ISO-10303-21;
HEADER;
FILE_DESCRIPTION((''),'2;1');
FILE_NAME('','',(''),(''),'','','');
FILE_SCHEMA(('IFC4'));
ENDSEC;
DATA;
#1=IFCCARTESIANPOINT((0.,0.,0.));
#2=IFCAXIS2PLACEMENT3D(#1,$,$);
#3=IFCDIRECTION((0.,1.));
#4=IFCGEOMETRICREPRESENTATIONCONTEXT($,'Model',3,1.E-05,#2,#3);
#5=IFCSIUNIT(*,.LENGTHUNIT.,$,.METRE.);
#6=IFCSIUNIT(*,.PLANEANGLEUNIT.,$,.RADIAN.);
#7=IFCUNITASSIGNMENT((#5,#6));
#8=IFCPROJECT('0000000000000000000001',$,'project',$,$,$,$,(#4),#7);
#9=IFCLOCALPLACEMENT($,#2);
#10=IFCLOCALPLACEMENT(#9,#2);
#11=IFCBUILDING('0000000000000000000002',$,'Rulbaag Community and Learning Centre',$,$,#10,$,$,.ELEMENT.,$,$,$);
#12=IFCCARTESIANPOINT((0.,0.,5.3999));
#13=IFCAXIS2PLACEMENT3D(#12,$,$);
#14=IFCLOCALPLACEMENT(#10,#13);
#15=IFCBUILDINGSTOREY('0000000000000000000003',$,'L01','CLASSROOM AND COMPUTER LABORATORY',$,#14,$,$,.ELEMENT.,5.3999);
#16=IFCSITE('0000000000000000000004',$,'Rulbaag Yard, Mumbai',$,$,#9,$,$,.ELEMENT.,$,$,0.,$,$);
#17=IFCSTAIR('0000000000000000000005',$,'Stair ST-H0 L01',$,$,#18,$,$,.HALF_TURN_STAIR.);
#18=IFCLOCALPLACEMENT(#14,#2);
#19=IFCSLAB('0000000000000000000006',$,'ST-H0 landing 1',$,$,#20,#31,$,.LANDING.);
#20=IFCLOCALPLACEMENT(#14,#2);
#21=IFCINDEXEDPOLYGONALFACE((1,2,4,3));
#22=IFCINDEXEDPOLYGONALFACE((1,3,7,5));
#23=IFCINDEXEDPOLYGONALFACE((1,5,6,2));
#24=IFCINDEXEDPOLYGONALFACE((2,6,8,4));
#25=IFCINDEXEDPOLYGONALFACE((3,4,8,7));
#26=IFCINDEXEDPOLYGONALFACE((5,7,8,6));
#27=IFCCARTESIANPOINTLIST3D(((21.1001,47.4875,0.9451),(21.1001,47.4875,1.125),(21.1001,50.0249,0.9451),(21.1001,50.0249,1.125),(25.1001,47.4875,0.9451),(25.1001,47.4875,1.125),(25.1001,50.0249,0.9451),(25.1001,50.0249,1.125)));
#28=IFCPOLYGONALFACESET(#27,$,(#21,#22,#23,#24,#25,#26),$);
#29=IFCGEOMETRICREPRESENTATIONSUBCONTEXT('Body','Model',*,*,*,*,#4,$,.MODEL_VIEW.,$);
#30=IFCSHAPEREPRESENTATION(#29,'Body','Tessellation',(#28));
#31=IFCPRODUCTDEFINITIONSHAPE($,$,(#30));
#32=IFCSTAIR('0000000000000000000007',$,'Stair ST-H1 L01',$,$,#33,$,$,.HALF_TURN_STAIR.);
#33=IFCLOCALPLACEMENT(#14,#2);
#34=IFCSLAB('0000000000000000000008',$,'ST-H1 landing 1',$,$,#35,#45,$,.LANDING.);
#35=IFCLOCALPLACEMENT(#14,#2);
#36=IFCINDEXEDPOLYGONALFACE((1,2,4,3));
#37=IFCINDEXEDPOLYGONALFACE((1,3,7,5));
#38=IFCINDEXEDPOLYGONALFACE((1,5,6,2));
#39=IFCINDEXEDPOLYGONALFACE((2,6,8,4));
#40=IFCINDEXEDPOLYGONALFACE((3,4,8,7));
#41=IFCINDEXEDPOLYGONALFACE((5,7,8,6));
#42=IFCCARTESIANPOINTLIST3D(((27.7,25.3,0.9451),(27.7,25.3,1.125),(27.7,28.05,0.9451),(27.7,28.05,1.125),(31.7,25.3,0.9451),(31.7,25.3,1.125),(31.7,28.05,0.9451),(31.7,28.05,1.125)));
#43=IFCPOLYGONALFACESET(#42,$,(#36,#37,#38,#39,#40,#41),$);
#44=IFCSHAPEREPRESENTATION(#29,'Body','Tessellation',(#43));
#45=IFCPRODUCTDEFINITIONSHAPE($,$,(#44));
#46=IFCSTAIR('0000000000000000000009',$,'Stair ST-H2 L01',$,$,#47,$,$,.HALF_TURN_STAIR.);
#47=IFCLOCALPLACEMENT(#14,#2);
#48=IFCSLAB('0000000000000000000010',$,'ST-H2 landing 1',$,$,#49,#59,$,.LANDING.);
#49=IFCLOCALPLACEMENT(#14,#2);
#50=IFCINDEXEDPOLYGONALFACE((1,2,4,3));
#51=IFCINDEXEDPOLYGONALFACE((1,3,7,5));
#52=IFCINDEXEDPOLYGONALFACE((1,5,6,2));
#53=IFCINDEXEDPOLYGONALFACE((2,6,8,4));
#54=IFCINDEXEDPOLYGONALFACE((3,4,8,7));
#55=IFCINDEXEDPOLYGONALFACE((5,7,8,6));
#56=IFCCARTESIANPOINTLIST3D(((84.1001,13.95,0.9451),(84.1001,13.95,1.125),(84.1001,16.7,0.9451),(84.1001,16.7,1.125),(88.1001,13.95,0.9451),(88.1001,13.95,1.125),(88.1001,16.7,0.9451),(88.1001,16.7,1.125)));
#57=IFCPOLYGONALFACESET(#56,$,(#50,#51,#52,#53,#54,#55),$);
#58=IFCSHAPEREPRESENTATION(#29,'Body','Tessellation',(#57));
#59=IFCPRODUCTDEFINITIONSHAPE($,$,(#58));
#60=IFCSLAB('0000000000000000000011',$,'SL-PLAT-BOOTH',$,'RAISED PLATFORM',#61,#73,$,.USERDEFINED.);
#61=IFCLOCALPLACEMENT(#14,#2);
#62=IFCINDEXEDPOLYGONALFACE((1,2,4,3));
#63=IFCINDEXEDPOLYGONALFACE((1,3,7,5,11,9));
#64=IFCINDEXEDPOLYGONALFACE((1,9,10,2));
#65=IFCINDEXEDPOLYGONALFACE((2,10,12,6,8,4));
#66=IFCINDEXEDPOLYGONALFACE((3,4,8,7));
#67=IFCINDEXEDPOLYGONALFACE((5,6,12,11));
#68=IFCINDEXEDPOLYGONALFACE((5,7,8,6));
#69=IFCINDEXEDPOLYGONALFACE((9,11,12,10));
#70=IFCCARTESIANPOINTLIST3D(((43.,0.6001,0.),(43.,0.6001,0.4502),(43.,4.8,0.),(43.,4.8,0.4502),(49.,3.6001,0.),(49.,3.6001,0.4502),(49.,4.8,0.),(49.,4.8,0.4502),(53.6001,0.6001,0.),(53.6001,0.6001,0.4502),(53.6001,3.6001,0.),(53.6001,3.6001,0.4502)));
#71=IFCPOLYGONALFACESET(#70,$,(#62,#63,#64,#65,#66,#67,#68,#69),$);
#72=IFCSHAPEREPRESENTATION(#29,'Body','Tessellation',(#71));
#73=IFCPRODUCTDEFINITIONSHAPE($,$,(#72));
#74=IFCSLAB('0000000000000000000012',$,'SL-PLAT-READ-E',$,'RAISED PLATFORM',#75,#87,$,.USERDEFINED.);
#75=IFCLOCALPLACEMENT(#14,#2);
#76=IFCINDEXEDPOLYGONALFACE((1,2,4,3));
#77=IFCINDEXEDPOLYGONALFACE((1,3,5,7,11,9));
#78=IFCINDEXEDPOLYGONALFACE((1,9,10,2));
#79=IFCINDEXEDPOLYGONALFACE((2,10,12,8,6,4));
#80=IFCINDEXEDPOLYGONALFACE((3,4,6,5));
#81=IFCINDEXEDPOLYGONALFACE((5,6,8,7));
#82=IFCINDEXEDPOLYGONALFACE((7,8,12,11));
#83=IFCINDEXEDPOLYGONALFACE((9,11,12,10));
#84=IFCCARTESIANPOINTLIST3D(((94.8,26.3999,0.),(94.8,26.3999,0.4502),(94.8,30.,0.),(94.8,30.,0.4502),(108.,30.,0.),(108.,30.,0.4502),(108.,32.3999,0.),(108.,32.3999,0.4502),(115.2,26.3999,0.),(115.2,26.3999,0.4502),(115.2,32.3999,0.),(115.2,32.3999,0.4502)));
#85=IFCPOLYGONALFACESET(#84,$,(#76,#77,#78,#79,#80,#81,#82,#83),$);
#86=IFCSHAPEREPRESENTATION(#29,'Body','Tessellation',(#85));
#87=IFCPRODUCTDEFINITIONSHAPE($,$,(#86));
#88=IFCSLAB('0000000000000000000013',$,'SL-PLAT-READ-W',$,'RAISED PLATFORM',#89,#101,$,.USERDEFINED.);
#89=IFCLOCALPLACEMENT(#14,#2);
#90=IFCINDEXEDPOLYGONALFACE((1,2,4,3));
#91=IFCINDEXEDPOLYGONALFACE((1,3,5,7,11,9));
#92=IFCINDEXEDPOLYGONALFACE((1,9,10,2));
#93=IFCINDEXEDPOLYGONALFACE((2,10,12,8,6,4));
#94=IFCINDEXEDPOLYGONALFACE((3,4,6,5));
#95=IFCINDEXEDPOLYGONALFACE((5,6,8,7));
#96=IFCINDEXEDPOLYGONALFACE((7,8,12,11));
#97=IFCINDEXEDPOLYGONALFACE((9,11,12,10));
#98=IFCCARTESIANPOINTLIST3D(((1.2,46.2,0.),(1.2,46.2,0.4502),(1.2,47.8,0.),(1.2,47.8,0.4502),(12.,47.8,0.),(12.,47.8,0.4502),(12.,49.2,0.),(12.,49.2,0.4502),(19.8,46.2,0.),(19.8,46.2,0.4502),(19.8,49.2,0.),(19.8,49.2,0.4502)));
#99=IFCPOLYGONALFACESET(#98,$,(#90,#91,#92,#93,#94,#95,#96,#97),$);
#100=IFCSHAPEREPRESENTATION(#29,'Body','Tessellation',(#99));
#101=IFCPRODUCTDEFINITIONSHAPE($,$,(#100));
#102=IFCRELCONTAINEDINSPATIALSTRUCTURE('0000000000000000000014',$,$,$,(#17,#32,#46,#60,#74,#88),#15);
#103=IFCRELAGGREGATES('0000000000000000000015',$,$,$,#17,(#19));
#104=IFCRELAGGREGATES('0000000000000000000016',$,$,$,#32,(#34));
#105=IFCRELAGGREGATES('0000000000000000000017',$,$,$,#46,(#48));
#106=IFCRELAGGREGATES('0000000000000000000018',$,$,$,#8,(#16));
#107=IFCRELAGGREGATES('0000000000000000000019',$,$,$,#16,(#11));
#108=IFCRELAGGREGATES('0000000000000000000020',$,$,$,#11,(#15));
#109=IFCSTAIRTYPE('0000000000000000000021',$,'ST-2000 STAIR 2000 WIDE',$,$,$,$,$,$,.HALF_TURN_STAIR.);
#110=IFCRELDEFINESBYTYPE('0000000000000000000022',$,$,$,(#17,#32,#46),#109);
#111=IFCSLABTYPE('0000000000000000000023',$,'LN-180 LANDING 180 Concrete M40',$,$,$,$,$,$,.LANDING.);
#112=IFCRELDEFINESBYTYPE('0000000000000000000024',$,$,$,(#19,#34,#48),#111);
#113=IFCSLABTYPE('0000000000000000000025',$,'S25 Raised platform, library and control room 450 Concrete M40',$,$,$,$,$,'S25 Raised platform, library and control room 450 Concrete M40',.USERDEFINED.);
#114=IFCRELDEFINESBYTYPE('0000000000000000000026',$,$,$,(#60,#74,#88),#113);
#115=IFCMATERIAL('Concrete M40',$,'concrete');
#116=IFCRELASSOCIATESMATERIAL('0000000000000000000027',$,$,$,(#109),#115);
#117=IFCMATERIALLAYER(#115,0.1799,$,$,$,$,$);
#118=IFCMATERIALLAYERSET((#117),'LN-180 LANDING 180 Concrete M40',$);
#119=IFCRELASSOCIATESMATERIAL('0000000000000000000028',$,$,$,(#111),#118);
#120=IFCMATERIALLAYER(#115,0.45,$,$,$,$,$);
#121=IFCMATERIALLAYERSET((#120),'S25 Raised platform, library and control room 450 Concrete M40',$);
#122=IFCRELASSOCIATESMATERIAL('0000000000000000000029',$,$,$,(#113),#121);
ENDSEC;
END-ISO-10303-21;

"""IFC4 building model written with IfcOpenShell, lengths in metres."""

from ifc_helpers import new_model, si_unit, direction, frame, origin, place, context, subcontext, project, spatial, polyline, outline, extrude, material, layer, layer_set, type_object, element, aggregate, save


model = new_model("IFC4")

# Units and contexts
model_context = context("Model", 3, precision=1e-05, world=origin(), true_north=direction((0.0, 1.0)))
body_context = subcontext(model_context, "Body", "Model", "MODEL_VIEW")
ifc_project = project(units=[si_unit("LENGTHUNIT", "METRE"), si_unit("PLANEANGLEUNIT", "RADIAN")], contexts=[model_context])

# Site, building, storey
site_placement = place(None, origin())
site = spatial("IfcSite", under=ifc_project, at=site_placement, Name="Rulbaag Yard, Mumbai", CompositionType="ELEMENT", RefElevation=0.0)
building_placement = place(site_placement, origin())
building = spatial("IfcBuilding", under=site, at=building_placement, Name="Rulbaag Community and Learning Centre", CompositionType="ELEMENT")
storey_placement = place(building_placement, frame((0.0, 0.0, 5.3999)))
storey = spatial("IfcBuildingStorey", under=building, at=storey_placement, Name="L01", Description="CLASSROOM AND COMPUTER LABORATORY", CompositionType="ELEMENT", Elevation=5.3999)

# Stairs, slabs
ifc_material = material(Name="Concrete M40", Category="concrete")
stair_type = type_object("IfcStairType", Name="ST-2000 STAIR 2000 WIDE", PredefinedType="HALF_TURN_STAIR", material=ifc_material)
stair_1_placement = place(storey_placement, origin())
stair_1 = element("IfcStair", 1, at=stair_1_placement, inside=storey, type_object=stair_type, Name="Stair ST-H0 L01", PredefinedType="HALF_TURN_STAIR")
ifc_layer_1 = layer(ifc_material, 0.1799)
ifc_layer_set_1 = layer_set([ifc_layer_1], Name="LN-180 LANDING 180 Concrete M40")
slab_type_1 = type_object("IfcSlabType", Name="LN-180 LANDING 180 Concrete M40", PredefinedType="LANDING", material=ifc_layer_set_1)
slab_1_placement = place(storey_placement, frame((0.0, 0.0, 0.9451)))
slab_1 = element("IfcSlab", 2, at=slab_1_placement, type_object=slab_type_1, Name="ST-H0 landing 1", PredefinedType="LANDING", context=body_context, shape_type="SweptSolid", body=[
    extrude(outline(polyline([(21.1001, 47.4875), (21.1001, 50.0249), (25.1001, 50.0249), (25.1001, 47.4875), (21.1001, 47.4875)])), origin(), (0.0, 0.0, 1.0), 0.1799),
])
aggregate(stair_1, [slab_1])
stair_2_placement = place(storey_placement, origin())
stair_2 = element("IfcStair", 3, at=stair_2_placement, inside=storey, type_object=stair_type, Name="Stair ST-H1 L01", PredefinedType="HALF_TURN_STAIR")
slab_2_placement = place(storey_placement, frame((0.0, 0.0, 0.9451)))
slab_2 = element("IfcSlab", 4, at=slab_2_placement, type_object=slab_type_1, Name="ST-H1 landing 1", PredefinedType="LANDING", context=body_context, shape_type="SweptSolid", body=[
    extrude(outline(polyline([(27.7, 25.3), (27.7, 28.05), (31.7, 28.05), (31.7, 25.3), (27.7, 25.3)])), origin(), (0.0, 0.0, 1.0), 0.1799),
])
aggregate(stair_2, [slab_2])
stair_3_placement = place(storey_placement, origin())
stair_3 = element("IfcStair", 5, at=stair_3_placement, inside=storey, type_object=stair_type, Name="Stair ST-H2 L01", PredefinedType="HALF_TURN_STAIR")
slab_3_placement = place(storey_placement, frame((0.0, 0.0, 0.9451)))
slab_3 = element("IfcSlab", 6, at=slab_3_placement, type_object=slab_type_1, Name="ST-H2 landing 1", PredefinedType="LANDING", context=body_context, shape_type="SweptSolid", body=[
    extrude(outline(polyline([(84.1001, 13.95), (84.1001, 16.7), (88.1001, 16.7), (88.1001, 13.95), (84.1001, 13.95)])), origin(), (0.0, 0.0, 1.0), 0.1799),
])
aggregate(stair_3, [slab_3])

# Slabs
ifc_layer_2 = layer(ifc_material, 0.45)
ifc_layer_set_2 = layer_set([ifc_layer_2], Name="S25 Raised platform, library and control room 450 Concrete M40")
slab_type_2 = type_object("IfcSlabType", Name="S25 Raised platform, library and control room 450 Concrete M40", ElementType="S25 Raised platform, library and control room 450 Concrete M40", PredefinedType="USERDEFINED", material=ifc_layer_set_2)
slab_4_placement = place(storey_placement, origin())
element("IfcSlab", 7, at=slab_4_placement, inside=storey, type_object=slab_type_2, Name="SL-PLAT-BOOTH", ObjectType="RAISED PLATFORM", PredefinedType="USERDEFINED", context=body_context, shape_type="SweptSolid", body=[
    extrude(outline(polyline([(43.0, 0.6001), (53.6001, 0.6001), (53.6001, 3.6001), (49.0, 3.6001), (49.0, 4.8), (43.0, 4.8), (43.0, 0.6001)])), origin(), (0.0, 0.0, 1.0), 0.4502),
])
slab_5_placement = place(storey_placement, origin())
element("IfcSlab", 8, at=slab_5_placement, inside=storey, type_object=slab_type_2, Name="SL-PLAT-READ-E", ObjectType="RAISED PLATFORM", PredefinedType="USERDEFINED", context=body_context, shape_type="SweptSolid", body=[
    extrude(outline(polyline([(94.8, 26.3999), (115.2, 26.3999), (115.2, 32.3999), (108.0, 32.3999), (108.0, 30.0), (94.8, 30.0), (94.8, 26.3999)])), origin(), (0.0, 0.0, 1.0), 0.4502),
])
slab_6_placement = place(storey_placement, origin())
element("IfcSlab", 9, at=slab_6_placement, inside=storey, type_object=slab_type_2, Name="SL-PLAT-READ-W", ObjectType="RAISED PLATFORM", PredefinedType="USERDEFINED", context=body_context, shape_type="SweptSolid", body=[
    extrude(outline(polyline([(1.2, 46.2), (19.8, 46.2), (19.8, 49.2), (12.0, 49.2), (12.0, 47.8), (1.2, 47.8), (1.2, 46.2)])), origin(), (0.0, 0.0, 1.0), 0.4502),
])

save(model, "model.ifc")
